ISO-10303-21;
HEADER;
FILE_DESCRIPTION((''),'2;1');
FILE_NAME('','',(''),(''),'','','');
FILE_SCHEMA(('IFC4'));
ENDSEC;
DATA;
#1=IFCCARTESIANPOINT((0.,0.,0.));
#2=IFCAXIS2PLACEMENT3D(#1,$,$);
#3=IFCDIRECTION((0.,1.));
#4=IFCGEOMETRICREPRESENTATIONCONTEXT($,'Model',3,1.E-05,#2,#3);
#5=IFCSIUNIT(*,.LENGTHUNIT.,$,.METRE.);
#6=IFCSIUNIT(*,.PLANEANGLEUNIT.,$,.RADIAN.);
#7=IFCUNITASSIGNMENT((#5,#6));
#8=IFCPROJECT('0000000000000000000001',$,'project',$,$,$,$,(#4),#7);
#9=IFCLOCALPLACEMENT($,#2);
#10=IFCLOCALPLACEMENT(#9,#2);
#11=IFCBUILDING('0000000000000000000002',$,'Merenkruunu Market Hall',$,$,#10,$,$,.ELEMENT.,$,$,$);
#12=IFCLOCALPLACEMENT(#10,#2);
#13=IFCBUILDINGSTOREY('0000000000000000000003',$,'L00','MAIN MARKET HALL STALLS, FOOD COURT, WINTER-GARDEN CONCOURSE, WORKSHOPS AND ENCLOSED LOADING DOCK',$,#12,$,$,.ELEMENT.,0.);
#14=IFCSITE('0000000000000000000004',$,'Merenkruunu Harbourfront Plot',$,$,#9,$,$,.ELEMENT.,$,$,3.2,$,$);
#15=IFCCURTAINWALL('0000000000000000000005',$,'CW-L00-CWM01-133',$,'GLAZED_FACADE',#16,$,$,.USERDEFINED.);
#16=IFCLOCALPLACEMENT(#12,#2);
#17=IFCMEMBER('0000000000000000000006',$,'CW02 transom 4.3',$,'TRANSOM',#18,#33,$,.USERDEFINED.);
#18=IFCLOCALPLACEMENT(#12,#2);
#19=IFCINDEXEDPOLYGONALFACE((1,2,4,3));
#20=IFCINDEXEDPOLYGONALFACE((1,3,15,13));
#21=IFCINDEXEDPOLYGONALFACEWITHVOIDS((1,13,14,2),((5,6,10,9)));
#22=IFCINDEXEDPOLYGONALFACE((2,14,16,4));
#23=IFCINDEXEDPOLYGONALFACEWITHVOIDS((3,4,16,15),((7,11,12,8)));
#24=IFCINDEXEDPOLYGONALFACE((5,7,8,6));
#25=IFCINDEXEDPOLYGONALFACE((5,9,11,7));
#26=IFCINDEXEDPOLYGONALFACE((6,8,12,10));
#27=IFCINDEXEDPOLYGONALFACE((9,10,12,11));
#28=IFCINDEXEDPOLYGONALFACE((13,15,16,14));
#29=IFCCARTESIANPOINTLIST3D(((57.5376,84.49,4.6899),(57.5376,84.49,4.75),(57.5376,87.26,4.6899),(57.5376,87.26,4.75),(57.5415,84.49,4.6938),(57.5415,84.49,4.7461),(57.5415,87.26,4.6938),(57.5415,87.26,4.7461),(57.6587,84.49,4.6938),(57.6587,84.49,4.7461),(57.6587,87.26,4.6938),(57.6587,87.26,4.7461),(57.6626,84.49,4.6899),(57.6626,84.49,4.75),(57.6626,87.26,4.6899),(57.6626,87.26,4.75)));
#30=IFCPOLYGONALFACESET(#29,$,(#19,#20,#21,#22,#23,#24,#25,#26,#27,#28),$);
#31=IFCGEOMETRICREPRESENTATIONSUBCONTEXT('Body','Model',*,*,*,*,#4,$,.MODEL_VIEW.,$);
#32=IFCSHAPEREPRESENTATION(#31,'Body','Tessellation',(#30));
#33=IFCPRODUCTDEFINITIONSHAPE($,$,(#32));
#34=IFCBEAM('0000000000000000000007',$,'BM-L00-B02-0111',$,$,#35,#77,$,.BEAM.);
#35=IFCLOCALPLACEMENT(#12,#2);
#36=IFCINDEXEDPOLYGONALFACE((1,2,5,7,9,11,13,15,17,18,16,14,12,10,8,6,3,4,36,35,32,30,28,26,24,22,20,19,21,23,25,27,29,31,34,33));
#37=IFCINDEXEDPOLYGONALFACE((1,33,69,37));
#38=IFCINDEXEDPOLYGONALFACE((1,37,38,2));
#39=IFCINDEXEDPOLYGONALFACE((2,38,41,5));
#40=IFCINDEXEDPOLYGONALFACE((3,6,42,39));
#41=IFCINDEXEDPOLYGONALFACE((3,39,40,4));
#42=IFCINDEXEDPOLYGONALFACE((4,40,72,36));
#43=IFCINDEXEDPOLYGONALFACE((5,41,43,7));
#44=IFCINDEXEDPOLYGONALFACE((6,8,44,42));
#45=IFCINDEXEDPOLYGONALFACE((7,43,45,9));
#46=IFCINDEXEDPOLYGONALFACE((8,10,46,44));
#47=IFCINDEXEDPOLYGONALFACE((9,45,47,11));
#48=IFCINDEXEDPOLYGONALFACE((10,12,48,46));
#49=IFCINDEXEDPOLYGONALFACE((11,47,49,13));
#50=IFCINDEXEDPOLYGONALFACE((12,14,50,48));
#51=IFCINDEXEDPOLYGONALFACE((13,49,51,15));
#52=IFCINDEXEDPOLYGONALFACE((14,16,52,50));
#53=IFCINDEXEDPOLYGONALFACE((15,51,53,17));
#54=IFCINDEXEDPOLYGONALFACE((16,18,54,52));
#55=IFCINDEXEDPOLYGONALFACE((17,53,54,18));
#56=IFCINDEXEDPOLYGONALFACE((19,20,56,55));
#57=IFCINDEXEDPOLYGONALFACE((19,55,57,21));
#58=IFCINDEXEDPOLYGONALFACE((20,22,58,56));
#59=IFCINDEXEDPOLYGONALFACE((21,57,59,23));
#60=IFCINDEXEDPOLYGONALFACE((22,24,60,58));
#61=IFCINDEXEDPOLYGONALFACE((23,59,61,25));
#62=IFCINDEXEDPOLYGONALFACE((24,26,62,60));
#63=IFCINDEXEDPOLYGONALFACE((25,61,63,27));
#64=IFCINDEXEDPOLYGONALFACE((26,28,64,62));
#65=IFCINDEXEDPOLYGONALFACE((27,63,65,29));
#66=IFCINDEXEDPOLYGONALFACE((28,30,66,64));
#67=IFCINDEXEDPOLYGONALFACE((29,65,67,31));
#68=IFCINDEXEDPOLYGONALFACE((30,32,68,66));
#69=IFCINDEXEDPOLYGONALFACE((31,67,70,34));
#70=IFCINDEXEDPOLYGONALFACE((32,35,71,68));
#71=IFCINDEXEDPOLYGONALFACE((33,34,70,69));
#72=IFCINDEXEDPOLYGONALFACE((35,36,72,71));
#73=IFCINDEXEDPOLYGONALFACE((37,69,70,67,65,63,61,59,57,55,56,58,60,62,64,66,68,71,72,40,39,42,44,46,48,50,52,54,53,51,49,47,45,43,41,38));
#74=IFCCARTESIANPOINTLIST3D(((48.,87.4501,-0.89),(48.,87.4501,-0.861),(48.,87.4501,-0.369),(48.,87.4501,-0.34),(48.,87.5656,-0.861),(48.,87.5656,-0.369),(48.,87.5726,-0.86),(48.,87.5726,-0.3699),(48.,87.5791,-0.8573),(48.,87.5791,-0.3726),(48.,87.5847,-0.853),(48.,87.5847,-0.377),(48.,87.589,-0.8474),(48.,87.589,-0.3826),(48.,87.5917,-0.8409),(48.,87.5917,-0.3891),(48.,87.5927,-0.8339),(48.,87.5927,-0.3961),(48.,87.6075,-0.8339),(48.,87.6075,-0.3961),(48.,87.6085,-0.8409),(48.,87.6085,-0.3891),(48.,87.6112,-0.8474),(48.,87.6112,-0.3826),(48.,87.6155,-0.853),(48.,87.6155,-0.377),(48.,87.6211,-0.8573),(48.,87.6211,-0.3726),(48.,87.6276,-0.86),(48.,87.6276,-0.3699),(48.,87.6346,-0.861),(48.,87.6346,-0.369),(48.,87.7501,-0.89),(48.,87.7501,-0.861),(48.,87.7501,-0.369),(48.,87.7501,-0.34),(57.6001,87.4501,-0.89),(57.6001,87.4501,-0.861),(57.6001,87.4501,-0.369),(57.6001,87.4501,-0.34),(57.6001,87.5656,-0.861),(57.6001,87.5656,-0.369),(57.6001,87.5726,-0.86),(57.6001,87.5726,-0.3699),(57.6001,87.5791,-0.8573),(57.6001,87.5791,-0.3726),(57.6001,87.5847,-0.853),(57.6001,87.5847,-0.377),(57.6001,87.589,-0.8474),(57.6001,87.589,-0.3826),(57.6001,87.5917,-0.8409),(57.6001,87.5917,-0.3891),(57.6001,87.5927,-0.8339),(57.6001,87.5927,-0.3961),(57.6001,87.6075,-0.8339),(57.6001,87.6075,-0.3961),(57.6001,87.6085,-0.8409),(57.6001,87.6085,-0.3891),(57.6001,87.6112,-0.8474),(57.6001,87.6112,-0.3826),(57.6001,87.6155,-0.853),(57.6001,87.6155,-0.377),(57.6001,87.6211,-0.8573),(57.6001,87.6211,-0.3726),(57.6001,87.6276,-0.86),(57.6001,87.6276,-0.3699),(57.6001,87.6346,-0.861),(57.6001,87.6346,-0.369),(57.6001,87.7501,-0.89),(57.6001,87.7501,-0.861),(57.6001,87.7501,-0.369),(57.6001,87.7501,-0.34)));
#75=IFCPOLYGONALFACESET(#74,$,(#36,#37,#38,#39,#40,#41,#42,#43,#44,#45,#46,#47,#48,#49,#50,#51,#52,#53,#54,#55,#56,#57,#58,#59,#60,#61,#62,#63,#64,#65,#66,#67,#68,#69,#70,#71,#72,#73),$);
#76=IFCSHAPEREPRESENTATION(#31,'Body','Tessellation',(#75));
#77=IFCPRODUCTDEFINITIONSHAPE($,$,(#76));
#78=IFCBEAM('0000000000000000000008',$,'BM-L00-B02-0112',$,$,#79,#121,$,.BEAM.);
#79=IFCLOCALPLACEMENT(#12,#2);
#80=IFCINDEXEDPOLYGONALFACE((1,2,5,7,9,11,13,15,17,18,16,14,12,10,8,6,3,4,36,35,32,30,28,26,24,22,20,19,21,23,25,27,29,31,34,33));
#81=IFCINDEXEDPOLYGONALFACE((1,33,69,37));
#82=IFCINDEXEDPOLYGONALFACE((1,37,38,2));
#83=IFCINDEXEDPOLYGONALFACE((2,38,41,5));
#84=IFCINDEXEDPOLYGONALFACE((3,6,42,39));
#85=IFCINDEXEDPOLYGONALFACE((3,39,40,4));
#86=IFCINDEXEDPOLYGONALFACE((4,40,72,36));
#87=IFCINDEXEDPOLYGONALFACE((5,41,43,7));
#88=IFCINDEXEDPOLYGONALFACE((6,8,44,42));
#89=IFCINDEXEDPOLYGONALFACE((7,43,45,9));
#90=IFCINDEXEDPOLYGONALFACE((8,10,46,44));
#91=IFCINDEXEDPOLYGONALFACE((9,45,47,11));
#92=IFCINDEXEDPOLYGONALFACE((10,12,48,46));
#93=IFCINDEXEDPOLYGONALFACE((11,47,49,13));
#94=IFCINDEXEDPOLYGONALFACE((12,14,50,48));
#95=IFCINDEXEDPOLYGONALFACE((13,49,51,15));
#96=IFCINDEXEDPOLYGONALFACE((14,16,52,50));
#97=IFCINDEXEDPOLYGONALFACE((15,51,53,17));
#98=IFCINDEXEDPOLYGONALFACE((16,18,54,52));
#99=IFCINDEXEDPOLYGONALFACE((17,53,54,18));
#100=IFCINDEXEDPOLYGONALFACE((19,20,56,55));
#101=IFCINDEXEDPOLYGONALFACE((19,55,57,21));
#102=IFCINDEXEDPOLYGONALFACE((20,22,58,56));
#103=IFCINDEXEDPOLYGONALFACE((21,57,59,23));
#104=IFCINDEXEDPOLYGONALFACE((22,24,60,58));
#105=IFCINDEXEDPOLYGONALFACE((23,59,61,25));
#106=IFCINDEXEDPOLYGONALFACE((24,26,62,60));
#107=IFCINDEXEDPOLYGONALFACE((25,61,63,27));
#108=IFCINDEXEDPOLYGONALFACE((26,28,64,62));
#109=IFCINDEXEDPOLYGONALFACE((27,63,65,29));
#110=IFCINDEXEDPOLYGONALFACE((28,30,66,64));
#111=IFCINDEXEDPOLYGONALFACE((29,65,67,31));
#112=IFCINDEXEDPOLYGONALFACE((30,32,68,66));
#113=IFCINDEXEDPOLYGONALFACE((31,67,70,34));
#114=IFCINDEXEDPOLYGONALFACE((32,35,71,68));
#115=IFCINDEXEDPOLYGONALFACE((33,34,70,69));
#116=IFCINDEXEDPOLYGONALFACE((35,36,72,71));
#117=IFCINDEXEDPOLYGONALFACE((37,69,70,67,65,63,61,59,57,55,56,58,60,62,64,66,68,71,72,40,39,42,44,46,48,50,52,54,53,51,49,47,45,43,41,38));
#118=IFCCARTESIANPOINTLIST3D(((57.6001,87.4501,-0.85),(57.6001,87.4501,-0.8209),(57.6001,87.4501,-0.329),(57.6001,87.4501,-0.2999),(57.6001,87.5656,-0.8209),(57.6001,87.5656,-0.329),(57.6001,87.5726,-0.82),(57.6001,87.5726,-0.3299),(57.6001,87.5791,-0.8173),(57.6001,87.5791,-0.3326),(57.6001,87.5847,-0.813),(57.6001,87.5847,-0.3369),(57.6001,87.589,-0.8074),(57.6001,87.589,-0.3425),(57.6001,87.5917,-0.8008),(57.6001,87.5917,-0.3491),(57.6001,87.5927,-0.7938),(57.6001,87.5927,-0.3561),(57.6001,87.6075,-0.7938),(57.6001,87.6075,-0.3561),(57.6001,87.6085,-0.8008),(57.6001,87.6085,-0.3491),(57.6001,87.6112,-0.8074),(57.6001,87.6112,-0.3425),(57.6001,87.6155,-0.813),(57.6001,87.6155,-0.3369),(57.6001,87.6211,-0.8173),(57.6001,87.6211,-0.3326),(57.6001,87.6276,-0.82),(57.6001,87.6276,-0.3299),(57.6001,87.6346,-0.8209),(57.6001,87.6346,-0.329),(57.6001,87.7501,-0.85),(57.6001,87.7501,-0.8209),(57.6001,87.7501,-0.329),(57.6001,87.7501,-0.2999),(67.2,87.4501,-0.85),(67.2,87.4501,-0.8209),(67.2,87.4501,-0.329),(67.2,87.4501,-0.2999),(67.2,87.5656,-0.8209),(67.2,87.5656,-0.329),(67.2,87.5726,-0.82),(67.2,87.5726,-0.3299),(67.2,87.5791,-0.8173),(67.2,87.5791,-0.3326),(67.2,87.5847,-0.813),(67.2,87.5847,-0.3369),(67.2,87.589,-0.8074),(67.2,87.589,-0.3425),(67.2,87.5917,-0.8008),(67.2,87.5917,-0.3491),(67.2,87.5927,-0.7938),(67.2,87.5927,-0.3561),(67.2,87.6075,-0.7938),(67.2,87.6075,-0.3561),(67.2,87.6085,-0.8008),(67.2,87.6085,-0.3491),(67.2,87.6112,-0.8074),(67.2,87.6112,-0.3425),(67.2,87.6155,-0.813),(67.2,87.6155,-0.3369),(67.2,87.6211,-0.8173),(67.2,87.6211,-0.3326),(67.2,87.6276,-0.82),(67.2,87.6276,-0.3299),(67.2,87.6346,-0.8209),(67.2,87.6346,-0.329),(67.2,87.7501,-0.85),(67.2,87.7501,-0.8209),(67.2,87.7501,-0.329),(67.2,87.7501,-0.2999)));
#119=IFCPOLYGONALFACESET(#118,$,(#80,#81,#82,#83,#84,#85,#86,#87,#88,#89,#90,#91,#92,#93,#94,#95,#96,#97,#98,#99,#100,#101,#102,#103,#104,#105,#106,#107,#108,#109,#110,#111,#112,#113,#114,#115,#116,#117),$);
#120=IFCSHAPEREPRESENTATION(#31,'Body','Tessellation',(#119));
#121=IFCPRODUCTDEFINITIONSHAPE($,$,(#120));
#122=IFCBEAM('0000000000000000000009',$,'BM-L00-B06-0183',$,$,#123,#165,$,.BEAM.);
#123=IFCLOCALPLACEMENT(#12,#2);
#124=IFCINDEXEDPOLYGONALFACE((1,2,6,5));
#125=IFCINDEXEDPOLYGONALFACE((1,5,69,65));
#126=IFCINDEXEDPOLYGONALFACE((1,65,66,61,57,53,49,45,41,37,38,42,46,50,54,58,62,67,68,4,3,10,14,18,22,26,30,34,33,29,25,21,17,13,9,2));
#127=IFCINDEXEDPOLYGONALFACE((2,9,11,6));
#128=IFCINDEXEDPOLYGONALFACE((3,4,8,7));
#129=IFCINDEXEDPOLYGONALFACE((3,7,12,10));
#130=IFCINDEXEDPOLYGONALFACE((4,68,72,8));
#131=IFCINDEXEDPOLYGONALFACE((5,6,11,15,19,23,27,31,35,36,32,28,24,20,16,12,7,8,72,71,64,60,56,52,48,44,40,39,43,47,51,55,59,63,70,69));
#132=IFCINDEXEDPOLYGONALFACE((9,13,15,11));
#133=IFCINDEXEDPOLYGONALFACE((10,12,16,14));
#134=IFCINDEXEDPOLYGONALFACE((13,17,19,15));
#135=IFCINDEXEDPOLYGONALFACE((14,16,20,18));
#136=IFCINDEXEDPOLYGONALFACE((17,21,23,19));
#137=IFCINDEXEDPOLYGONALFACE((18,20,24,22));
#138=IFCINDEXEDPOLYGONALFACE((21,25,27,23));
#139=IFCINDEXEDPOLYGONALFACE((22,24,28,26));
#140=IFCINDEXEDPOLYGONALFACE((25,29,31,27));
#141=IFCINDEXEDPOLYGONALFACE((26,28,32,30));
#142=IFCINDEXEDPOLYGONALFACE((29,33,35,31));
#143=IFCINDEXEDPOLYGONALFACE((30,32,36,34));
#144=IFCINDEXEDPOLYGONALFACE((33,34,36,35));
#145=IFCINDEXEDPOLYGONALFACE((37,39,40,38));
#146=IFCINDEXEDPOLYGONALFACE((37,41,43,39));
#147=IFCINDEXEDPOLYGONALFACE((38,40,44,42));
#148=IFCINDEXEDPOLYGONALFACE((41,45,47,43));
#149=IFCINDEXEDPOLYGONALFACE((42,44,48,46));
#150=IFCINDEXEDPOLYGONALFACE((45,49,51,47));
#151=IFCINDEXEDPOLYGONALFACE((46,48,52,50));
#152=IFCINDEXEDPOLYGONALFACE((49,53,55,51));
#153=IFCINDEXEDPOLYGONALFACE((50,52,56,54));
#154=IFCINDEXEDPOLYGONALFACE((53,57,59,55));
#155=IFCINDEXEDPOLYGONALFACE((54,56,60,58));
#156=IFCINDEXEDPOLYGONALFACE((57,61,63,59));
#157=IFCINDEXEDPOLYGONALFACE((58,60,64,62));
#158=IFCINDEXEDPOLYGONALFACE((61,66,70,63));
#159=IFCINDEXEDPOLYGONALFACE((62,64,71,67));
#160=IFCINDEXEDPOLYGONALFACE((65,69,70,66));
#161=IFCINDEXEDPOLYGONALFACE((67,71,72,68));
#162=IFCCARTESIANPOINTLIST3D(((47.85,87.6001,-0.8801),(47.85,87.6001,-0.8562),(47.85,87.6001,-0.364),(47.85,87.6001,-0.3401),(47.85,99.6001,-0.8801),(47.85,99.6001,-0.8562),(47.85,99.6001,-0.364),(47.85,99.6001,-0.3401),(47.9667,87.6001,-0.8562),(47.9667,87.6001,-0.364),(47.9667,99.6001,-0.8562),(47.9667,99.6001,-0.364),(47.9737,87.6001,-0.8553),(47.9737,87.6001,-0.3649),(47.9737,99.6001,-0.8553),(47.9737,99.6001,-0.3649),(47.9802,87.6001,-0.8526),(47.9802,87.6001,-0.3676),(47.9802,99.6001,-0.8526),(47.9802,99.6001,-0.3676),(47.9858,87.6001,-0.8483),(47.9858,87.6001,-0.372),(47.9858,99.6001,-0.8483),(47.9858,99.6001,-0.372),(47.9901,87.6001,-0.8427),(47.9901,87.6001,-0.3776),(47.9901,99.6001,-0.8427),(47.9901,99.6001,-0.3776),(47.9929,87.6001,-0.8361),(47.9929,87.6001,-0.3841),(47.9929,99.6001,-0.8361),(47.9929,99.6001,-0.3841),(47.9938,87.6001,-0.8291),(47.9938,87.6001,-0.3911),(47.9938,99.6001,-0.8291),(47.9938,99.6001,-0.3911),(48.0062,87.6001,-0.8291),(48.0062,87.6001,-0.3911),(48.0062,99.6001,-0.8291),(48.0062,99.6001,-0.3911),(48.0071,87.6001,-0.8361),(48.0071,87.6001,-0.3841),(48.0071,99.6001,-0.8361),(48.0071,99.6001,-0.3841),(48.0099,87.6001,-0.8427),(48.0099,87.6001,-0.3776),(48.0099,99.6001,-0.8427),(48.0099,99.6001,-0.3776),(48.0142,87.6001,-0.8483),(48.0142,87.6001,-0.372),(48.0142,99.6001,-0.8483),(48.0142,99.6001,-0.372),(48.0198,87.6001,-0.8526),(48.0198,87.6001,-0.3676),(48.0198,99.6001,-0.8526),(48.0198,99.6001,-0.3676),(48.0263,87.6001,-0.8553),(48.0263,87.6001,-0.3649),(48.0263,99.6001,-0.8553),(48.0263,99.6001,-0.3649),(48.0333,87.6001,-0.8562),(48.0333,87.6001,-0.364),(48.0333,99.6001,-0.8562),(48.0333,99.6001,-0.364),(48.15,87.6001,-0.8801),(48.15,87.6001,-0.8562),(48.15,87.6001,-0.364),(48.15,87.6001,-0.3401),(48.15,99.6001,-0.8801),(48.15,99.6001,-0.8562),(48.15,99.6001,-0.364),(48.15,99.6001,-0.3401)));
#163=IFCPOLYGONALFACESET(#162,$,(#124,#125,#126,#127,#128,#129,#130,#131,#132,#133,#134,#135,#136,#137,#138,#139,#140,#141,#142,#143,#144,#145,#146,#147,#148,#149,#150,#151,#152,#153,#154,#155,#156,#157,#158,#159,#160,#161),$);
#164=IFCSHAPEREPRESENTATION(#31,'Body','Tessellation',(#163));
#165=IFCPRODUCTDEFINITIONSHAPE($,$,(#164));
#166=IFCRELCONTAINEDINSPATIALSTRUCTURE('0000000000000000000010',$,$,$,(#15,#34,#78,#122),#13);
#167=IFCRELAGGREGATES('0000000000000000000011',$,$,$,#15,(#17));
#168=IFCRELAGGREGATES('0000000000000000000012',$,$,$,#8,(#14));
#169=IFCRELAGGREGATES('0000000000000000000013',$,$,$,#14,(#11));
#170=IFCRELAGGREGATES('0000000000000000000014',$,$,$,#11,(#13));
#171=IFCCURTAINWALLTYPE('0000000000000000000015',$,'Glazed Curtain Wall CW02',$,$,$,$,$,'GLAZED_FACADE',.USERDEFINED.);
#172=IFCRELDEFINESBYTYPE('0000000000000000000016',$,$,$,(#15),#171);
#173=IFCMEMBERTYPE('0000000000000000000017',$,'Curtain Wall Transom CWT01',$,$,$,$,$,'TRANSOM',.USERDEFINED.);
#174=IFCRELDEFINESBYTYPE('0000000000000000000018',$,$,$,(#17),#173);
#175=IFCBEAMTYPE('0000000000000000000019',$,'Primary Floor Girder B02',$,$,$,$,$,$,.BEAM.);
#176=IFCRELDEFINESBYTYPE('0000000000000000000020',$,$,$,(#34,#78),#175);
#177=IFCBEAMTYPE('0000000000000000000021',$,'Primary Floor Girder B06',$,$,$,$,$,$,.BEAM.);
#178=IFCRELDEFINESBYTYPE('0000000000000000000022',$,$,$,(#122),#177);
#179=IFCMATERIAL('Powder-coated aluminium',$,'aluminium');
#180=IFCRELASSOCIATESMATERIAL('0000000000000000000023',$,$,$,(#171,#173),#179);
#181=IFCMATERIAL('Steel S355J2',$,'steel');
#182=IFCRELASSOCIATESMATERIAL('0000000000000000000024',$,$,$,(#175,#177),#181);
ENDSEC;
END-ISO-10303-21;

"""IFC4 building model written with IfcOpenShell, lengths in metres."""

from ifc_helpers import new_model, si_unit, direction, frame, origin, origin_2d, place, context, subcontext, project, spatial, hollow_rectangle, i_section, extrude, material, material_profile, profile_set, type_object, element, aggregate, save


model = new_model("IFC4")

# Units and contexts
model_context = context("Model", 3, precision=1e-05, world=origin(), true_north=direction((0.0, 1.0)))
body_context = subcontext(model_context, "Body", "Model", "MODEL_VIEW")
ifc_project = project(units=[si_unit("LENGTHUNIT", "METRE"), si_unit("PLANEANGLEUNIT", "RADIAN")], contexts=[model_context])

# Site, building, storey
site_placement = place(None, origin())
site = spatial("IfcSite", under=ifc_project, at=site_placement, Name="Merenkruunu Harbourfront Plot", CompositionType="ELEMENT", RefElevation=3.2)
building_placement = place(site_placement, origin())
building = spatial("IfcBuilding", under=site, at=building_placement, Name="Merenkruunu Market Hall", CompositionType="ELEMENT")
storey_placement = place(building_placement, origin())
storey = spatial("IfcBuildingStorey", under=building, at=storey_placement, Name="L00", Description="MAIN MARKET HALL STALLS, FOOD COURT, WINTER-GARDEN CONCOURSE, WORKSHOPS AND ENCLOSED LOADING DOCK", CompositionType="ELEMENT", Elevation=0.0)

# Shared definitions
ifc_material_1 = material(Name="Steel S355J2", Category="steel")

# Curtain wall, member
ifc_material_2 = material(Name="Powder-coated aluminium", Category="aluminium")
curtain_wall_type = type_object("IfcCurtainWallType", Name="Glazed Curtain Wall CW02", ElementType="GLAZED_FACADE", PredefinedType="USERDEFINED", material=ifc_material_2)
curtain_wall_placement = place(storey_placement, origin())
curtain_wall = element("IfcCurtainWall", 1, at=curtain_wall_placement, inside=storey, type_object=curtain_wall_type, Name="CW-L00-CWM01-133", ObjectType="GLAZED_FACADE", PredefinedType="USERDEFINED")
ifc_material_profile_1 = material_profile(ifc_material_2, hollow_rectangle(XDim=0.0601, YDim=0.125, WallThickness=0.0039, at=origin_2d()), Name="ALU 60x125x4")
ifc_profile_set_1 = profile_set([ifc_material_profile_1], Name="Powder-coated aluminium")
member_type_1 = type_object("IfcMemberType", Name="Curtain Wall Transom CWT01", ElementType="TRANSOM", PredefinedType="USERDEFINED", material=ifc_profile_set_1)
member_1_placement = place(storey_placement, frame((57.6001, 84.49, 4.72), z_axis=(0.0, 1.0, 0.0), x_axis=(0.0, 0.0, 1.0)))
member_1 = element("IfcMember", 2, at=member_1_placement, type_object=member_type_1, Name="CW02 transom 4.3", ObjectType="TRANSOM", PredefinedType="USERDEFINED", context=body_context, shape_type="SweptSolid", body=[
    extrude(hollow_rectangle(XDim=0.0601, YDim=0.125, WallThickness=0.0039, at=origin_2d()), origin(), (0.0, 0.0, 1.0), 2.77),
])

# Beams
ifc_material_profile_2 = material_profile(ifc_material_1, i_section(OverallWidth=0.3, OverallDepth=0.55, WebThickness=0.0149, FlangeThickness=0.0291, FilletRadius=0.0271, at=origin_2d()), Name="HEB 550")
ifc_profile_set_2 = profile_set([ifc_material_profile_2], Name="Steel S355J2")
beam_type_1 = type_object("IfcBeamType", Name="Primary Floor Girder B02", PredefinedType="BEAM", material=ifc_profile_set_2)
beam_1_placement = place(storey_placement, frame((48.0, 87.6001, -0.615), z_axis=(1.0, 0.0, 0.0), x_axis=(0.0, 1.0, 0.0)))
element("IfcBeam", 3, at=beam_1_placement, inside=storey, type_object=beam_type_1, Name="BM-L00-B02-0111", PredefinedType="BEAM", context=body_context, shape_type="SweptSolid", body=[
    extrude(i_section(OverallWidth=0.3, OverallDepth=0.55, WebThickness=0.0149, FlangeThickness=0.0291, FilletRadius=0.0271, at=origin_2d()), origin(), (0.0, 0.0, 1.0), 9.6001),
])
beam_2_placement = place(storey_placement, frame((57.6001, 87.6001, -0.575), z_axis=(1.0, 0.0, 0.0), x_axis=(0.0, 1.0, 0.0)))
element("IfcBeam", 4, at=beam_2_placement, inside=storey, type_object=beam_type_1, Name="BM-L00-B02-0112", PredefinedType="BEAM", context=body_context, shape_type="SweptSolid", body=[
    extrude(i_section(OverallWidth=0.3, OverallDepth=0.55, WebThickness=0.0149, FlangeThickness=0.0291, FilletRadius=0.0271, at=origin_2d()), origin(), (0.0, 0.0, 1.0), 9.5999),
])
ifc_material_profile_3 = material_profile(ifc_material_1, i_section(OverallWidth=0.3, OverallDepth=0.54, WebThickness=0.0125, FlangeThickness=0.0239, FilletRadius=0.0271, at=origin_2d()), Name="HEA 550")
ifc_profile_set_3 = profile_set([ifc_material_profile_3], Name="Steel S355J2")
beam_type_2 = type_object("IfcBeamType", Name="Primary Floor Girder B06", PredefinedType="BEAM", material=ifc_profile_set_3)
for number, where, z_axis, x_axis, name in (
    (5, (48.0, 87.6001, -0.6101), (0.0, 1.0, 0.0), (-1.0, 0.0, 0.0), "BM-L00-B06-0183"),
):
    element("IfcBeam", number, at=place(storey_placement, frame(where, z_axis=z_axis, x_axis=x_axis)), inside=storey, type_object=beam_type_2, Name=name, PredefinedType="BEAM", context=body_context, shape_type="SweptSolid", body=[
        extrude(i_section(OverallWidth=0.3, OverallDepth=0.54, WebThickness=0.0125, FlangeThickness=0.0239, FilletRadius=0.0271, at=origin_2d()), origin(), (0.0, 0.0, 1.0), 12.0),
    ])

aggregate(curtain_wall, [member_1])

save(model, "model.ifc")
